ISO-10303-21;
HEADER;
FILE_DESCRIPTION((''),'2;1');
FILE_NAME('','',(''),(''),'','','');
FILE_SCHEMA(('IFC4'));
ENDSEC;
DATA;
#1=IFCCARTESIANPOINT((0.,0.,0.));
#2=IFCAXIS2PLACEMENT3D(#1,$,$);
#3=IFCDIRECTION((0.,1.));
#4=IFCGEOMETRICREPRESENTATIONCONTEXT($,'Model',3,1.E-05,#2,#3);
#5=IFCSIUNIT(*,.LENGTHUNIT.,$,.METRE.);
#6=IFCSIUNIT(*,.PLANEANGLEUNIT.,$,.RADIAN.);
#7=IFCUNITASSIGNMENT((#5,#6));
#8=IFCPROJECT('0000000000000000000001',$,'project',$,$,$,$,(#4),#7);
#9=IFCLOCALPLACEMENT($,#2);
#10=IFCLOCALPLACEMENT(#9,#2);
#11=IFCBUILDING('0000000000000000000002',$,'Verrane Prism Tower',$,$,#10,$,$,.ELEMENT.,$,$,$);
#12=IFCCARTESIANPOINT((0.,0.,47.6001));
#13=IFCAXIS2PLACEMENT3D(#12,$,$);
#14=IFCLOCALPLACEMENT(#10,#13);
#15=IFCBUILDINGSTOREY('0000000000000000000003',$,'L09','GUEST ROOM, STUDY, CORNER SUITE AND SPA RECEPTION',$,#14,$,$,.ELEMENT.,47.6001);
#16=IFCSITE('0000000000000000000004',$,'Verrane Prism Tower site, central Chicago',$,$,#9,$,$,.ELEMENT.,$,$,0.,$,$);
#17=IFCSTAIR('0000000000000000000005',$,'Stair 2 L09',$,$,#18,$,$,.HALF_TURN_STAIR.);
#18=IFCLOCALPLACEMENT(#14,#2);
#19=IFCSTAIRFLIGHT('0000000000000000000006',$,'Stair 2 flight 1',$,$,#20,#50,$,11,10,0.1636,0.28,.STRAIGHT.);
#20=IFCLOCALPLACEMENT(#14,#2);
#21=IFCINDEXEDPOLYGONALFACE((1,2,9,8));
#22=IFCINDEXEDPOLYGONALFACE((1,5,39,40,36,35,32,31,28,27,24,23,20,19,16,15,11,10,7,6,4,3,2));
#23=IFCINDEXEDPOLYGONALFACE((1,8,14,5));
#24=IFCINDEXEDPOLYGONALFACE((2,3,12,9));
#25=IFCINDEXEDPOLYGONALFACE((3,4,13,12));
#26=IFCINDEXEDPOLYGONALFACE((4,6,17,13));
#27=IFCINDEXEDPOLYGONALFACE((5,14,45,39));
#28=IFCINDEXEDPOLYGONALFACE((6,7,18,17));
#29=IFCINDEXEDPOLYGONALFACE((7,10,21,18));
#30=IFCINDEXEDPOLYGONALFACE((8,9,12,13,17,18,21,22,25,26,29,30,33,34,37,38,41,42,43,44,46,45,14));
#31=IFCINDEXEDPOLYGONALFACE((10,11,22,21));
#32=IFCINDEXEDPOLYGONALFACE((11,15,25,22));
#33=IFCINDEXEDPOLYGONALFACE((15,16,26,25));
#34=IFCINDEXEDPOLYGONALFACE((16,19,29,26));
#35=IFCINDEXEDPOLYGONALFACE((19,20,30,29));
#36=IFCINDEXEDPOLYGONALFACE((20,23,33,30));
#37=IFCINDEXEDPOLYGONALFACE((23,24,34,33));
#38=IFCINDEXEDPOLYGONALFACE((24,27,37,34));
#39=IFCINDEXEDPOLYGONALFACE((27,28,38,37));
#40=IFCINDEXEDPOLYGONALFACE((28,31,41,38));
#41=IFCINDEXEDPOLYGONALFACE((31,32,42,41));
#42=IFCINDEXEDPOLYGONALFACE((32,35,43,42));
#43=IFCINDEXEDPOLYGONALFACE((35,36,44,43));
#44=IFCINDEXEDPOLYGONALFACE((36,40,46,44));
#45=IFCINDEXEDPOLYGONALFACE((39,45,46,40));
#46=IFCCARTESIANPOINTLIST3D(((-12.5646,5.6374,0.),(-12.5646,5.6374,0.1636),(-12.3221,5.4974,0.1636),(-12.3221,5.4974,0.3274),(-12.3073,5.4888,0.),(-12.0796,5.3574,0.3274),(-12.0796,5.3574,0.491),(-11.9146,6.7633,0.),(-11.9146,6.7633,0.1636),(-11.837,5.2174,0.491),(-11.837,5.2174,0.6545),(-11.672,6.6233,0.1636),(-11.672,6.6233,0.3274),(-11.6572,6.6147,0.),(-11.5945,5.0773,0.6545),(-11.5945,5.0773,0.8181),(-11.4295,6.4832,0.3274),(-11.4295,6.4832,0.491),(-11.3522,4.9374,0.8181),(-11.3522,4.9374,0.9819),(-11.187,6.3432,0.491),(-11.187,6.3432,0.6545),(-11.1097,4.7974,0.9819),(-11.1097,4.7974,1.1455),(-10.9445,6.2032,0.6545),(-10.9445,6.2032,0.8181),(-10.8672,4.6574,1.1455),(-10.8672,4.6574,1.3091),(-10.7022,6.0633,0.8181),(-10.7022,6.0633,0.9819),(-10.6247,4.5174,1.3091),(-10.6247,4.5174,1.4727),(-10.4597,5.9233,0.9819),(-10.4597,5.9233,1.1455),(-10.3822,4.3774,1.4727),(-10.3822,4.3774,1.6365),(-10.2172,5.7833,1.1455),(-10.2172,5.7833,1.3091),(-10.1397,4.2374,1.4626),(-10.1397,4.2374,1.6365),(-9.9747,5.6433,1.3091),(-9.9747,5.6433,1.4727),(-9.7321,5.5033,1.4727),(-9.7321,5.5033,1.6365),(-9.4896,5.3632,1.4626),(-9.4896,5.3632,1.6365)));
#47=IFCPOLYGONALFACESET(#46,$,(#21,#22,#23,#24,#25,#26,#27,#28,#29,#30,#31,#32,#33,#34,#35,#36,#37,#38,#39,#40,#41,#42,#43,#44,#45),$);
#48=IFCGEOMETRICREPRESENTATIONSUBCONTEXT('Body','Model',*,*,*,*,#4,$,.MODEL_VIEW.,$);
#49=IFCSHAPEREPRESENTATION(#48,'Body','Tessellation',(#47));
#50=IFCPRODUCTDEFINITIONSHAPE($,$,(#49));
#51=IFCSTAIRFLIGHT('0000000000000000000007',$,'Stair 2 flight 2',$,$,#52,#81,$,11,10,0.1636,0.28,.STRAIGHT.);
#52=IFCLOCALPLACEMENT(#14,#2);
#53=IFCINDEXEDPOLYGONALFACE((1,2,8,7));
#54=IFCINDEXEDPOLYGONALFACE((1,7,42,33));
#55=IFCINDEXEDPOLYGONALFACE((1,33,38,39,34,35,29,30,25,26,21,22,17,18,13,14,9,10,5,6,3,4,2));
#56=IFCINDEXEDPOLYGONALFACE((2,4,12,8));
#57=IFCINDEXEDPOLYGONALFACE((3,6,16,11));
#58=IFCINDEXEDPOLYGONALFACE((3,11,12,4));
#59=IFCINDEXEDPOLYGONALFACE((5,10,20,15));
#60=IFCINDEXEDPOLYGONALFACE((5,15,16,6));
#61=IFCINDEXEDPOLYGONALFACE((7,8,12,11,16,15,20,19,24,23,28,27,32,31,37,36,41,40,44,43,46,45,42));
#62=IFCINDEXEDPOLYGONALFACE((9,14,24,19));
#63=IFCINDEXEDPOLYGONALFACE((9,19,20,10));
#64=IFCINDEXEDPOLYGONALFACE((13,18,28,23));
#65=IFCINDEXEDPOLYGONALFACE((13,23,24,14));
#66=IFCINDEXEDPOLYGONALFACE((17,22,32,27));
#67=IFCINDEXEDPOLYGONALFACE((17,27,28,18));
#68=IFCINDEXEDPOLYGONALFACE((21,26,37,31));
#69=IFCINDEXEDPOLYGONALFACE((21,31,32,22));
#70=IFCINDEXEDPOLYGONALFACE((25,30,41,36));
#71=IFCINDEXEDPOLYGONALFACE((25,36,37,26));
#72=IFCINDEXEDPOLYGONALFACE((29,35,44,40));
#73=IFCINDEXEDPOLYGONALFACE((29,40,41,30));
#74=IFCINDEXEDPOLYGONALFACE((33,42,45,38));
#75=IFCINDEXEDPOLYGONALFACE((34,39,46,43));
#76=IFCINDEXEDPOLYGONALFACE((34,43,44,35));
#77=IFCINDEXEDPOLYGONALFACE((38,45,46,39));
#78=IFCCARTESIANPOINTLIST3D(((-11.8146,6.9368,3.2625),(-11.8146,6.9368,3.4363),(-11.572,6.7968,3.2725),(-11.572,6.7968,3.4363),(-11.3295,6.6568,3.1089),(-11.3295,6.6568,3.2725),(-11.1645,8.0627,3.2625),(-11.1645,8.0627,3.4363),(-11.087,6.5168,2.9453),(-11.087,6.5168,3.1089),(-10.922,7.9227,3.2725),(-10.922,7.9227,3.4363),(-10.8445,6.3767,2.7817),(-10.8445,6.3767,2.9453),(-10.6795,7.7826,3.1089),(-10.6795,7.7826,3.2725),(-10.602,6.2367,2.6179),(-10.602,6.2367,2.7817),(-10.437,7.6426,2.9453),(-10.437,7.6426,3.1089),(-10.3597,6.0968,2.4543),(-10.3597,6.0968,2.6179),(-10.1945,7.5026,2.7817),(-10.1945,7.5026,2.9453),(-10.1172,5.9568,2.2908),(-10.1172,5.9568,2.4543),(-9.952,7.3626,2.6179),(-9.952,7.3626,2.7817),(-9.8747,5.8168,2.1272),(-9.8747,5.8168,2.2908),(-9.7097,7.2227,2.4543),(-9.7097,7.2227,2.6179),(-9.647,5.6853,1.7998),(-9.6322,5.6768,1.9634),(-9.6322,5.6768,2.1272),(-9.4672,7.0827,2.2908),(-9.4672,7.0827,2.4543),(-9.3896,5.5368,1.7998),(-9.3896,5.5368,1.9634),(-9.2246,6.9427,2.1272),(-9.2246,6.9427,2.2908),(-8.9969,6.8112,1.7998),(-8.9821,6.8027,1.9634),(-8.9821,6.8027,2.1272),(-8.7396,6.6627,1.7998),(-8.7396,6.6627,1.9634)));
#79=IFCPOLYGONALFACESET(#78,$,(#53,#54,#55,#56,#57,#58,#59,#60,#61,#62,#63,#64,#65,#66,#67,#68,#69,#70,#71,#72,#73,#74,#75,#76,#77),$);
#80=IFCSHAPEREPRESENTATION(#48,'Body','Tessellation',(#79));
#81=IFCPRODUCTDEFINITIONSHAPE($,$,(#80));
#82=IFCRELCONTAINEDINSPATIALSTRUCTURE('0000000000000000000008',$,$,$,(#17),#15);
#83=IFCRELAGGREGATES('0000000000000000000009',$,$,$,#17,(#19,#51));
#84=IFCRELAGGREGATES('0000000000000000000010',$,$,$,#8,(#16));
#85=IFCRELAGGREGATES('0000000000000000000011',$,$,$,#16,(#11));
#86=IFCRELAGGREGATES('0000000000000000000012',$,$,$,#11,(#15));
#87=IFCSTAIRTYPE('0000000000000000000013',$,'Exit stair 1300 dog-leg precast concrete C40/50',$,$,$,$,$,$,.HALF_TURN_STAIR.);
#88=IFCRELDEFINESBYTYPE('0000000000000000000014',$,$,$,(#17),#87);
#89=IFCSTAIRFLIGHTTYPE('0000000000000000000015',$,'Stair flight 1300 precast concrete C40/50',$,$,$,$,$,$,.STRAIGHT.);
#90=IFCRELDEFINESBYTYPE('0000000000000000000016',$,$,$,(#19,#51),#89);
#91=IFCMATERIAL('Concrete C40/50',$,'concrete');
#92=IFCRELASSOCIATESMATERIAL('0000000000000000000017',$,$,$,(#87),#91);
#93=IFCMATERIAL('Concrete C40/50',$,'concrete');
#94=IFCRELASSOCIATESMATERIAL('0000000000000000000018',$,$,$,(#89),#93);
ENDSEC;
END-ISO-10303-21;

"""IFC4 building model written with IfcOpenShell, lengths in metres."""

from ifc_helpers import new_model, si_unit, direction, frame, origin, place, context, subcontext, project, spatial, polyline, outline, extrude, material, type_object, element, aggregate, save


model = new_model("IFC4")

# Units and contexts
model_context = context("Model", 3, precision=1e-05, world=origin(), true_north=direction((0.0, 1.0)))
body_context = subcontext(model_context, "Body", "Model", "MODEL_VIEW")
ifc_project = project(units=[si_unit("LENGTHUNIT", "METRE"), si_unit("PLANEANGLEUNIT", "RADIAN")], contexts=[model_context])

# Site, building, storey
site_placement = place(None, origin())
site = spatial("IfcSite", under=ifc_project, at=site_placement, Name="Verrane Prism Tower site, central Chicago", CompositionType="ELEMENT", RefElevation=0.0)
building_placement = place(site_placement, origin())
building = spatial("IfcBuilding", under=site, at=building_placement, Name="Verrane Prism Tower", CompositionType="ELEMENT")
storey_placement = place(building_placement, frame((0.0, 0.0, 47.6001)))
storey = spatial("IfcBuildingStorey", under=building, at=storey_placement, Name="L09", Description="GUEST ROOM, STUDY, CORNER SUITE AND SPA RECEPTION", CompositionType="ELEMENT", Elevation=47.6001)

# Stair, stair flights
ifc_material_1 = material(Name="Concrete C40/50", Category="concrete")
stair_type = type_object("IfcStairType", Name="Exit stair 1300 dog-leg precast concrete C40/50", PredefinedType="HALF_TURN_STAIR", material=ifc_material_1)
stair_placement = place(storey_placement, origin())
stair = element("IfcStair", 1, at=stair_placement, inside=storey, type_object=stair_type, Name="Stair 2 L09", PredefinedType="HALF_TURN_STAIR")
ifc_material_2 = material(Name="Concrete C40/50", Category="concrete")
stair_flight_type = type_object("IfcStairFlightType", Name="Stair flight 1300 precast concrete C40/50", PredefinedType="STRAIGHT", material=ifc_material_2)
stair_flight_1_placement = place(storey_placement, frame((-12.2395, 6.2004, 0.0), z_axis=(0.0, 0.0, 1.0), x_axis=(0.866025, -0.5, 0.0)))
stair_flight_1 = element("IfcStairFlight", 2, at=stair_flight_1_placement, type_object=stair_flight_type, Name="Stair 2 flight 1", NumberOfRisers=11, NumberOfTreads=10, PredefinedType="STRAIGHT", RiserHeight=0.1636, TreadLength=0.28, context=body_context, shape_type="SweptSolid", body=[
    extrude(outline(polyline([(0.0, 0.0), (0.0, 0.1636), (0.28, 0.1636), (0.28, 0.3274), (0.5601, 0.3274), (0.5601, 0.491), (0.8401, 0.491), (0.8401, 0.6545), (1.1201, 0.6545), (1.1201, 0.8181), (1.3999, 0.8181), (1.3999, 0.9819), (1.6799, 0.9819), (1.6799, 1.1455), (1.96, 1.1455), (1.96, 1.3091), (2.24, 1.3091), (2.24, 1.4727), (2.52, 1.4727), (2.52, 1.6365), (2.8, 1.6365), (2.8, 1.8), (2.8, 1.4626), (0.2971, 0.0), (0.0, 0.0)])), frame((0.0, 0.6499, 0.0), z_axis=(0.0, -1.0, 0.0), x_axis=(1.0, 0.0, 0.0)), (0.0, 0.0, 1.0), 1.3),
])
stair_flight_2_placement = place(storey_placement, frame((-9.0647, 6.0996, 1.7998), z_axis=(0.0, 0.0, 1.0), x_axis=(-0.866025, 0.5, 0.0)))
stair_flight_2 = element("IfcStairFlight", 3, at=stair_flight_2_placement, type_object=stair_flight_type, Name="Stair 2 flight 2", NumberOfRisers=11, NumberOfTreads=10, PredefinedType="STRAIGHT", RiserHeight=0.1636, TreadLength=0.28, context=body_context, shape_type="SweptSolid", body=[
    extrude(outline(polyline([(0.0, 0.0), (0.0, 0.1636), (0.28, 0.1636), (0.28, 0.3274), (0.5601, 0.3274), (0.5601, 0.491), (0.8401, 0.491), (0.8401, 0.6545), (1.1201, 0.6545), (1.1201, 0.8181), (1.3999, 0.8181), (1.3999, 0.9819), (1.6799, 0.9819), (1.6799, 1.1455), (1.96, 1.1455), (1.96, 1.3091), (2.24, 1.3091), (2.24, 1.4727), (2.52, 1.4727), (2.52, 1.6365), (2.8, 1.6365), (2.8, 1.8), (2.8, 1.4626), (0.2971, 0.0), (0.0, 0.0)])), frame((0.0, 0.6499, 0.0), z_axis=(0.0, -1.0, 0.0), x_axis=(1.0, 0.0, 0.0)), (0.0, 0.0, 1.0), 1.3),
])
aggregate(stair, [stair_flight_1, stair_flight_2])

save(model, "model.ifc")
